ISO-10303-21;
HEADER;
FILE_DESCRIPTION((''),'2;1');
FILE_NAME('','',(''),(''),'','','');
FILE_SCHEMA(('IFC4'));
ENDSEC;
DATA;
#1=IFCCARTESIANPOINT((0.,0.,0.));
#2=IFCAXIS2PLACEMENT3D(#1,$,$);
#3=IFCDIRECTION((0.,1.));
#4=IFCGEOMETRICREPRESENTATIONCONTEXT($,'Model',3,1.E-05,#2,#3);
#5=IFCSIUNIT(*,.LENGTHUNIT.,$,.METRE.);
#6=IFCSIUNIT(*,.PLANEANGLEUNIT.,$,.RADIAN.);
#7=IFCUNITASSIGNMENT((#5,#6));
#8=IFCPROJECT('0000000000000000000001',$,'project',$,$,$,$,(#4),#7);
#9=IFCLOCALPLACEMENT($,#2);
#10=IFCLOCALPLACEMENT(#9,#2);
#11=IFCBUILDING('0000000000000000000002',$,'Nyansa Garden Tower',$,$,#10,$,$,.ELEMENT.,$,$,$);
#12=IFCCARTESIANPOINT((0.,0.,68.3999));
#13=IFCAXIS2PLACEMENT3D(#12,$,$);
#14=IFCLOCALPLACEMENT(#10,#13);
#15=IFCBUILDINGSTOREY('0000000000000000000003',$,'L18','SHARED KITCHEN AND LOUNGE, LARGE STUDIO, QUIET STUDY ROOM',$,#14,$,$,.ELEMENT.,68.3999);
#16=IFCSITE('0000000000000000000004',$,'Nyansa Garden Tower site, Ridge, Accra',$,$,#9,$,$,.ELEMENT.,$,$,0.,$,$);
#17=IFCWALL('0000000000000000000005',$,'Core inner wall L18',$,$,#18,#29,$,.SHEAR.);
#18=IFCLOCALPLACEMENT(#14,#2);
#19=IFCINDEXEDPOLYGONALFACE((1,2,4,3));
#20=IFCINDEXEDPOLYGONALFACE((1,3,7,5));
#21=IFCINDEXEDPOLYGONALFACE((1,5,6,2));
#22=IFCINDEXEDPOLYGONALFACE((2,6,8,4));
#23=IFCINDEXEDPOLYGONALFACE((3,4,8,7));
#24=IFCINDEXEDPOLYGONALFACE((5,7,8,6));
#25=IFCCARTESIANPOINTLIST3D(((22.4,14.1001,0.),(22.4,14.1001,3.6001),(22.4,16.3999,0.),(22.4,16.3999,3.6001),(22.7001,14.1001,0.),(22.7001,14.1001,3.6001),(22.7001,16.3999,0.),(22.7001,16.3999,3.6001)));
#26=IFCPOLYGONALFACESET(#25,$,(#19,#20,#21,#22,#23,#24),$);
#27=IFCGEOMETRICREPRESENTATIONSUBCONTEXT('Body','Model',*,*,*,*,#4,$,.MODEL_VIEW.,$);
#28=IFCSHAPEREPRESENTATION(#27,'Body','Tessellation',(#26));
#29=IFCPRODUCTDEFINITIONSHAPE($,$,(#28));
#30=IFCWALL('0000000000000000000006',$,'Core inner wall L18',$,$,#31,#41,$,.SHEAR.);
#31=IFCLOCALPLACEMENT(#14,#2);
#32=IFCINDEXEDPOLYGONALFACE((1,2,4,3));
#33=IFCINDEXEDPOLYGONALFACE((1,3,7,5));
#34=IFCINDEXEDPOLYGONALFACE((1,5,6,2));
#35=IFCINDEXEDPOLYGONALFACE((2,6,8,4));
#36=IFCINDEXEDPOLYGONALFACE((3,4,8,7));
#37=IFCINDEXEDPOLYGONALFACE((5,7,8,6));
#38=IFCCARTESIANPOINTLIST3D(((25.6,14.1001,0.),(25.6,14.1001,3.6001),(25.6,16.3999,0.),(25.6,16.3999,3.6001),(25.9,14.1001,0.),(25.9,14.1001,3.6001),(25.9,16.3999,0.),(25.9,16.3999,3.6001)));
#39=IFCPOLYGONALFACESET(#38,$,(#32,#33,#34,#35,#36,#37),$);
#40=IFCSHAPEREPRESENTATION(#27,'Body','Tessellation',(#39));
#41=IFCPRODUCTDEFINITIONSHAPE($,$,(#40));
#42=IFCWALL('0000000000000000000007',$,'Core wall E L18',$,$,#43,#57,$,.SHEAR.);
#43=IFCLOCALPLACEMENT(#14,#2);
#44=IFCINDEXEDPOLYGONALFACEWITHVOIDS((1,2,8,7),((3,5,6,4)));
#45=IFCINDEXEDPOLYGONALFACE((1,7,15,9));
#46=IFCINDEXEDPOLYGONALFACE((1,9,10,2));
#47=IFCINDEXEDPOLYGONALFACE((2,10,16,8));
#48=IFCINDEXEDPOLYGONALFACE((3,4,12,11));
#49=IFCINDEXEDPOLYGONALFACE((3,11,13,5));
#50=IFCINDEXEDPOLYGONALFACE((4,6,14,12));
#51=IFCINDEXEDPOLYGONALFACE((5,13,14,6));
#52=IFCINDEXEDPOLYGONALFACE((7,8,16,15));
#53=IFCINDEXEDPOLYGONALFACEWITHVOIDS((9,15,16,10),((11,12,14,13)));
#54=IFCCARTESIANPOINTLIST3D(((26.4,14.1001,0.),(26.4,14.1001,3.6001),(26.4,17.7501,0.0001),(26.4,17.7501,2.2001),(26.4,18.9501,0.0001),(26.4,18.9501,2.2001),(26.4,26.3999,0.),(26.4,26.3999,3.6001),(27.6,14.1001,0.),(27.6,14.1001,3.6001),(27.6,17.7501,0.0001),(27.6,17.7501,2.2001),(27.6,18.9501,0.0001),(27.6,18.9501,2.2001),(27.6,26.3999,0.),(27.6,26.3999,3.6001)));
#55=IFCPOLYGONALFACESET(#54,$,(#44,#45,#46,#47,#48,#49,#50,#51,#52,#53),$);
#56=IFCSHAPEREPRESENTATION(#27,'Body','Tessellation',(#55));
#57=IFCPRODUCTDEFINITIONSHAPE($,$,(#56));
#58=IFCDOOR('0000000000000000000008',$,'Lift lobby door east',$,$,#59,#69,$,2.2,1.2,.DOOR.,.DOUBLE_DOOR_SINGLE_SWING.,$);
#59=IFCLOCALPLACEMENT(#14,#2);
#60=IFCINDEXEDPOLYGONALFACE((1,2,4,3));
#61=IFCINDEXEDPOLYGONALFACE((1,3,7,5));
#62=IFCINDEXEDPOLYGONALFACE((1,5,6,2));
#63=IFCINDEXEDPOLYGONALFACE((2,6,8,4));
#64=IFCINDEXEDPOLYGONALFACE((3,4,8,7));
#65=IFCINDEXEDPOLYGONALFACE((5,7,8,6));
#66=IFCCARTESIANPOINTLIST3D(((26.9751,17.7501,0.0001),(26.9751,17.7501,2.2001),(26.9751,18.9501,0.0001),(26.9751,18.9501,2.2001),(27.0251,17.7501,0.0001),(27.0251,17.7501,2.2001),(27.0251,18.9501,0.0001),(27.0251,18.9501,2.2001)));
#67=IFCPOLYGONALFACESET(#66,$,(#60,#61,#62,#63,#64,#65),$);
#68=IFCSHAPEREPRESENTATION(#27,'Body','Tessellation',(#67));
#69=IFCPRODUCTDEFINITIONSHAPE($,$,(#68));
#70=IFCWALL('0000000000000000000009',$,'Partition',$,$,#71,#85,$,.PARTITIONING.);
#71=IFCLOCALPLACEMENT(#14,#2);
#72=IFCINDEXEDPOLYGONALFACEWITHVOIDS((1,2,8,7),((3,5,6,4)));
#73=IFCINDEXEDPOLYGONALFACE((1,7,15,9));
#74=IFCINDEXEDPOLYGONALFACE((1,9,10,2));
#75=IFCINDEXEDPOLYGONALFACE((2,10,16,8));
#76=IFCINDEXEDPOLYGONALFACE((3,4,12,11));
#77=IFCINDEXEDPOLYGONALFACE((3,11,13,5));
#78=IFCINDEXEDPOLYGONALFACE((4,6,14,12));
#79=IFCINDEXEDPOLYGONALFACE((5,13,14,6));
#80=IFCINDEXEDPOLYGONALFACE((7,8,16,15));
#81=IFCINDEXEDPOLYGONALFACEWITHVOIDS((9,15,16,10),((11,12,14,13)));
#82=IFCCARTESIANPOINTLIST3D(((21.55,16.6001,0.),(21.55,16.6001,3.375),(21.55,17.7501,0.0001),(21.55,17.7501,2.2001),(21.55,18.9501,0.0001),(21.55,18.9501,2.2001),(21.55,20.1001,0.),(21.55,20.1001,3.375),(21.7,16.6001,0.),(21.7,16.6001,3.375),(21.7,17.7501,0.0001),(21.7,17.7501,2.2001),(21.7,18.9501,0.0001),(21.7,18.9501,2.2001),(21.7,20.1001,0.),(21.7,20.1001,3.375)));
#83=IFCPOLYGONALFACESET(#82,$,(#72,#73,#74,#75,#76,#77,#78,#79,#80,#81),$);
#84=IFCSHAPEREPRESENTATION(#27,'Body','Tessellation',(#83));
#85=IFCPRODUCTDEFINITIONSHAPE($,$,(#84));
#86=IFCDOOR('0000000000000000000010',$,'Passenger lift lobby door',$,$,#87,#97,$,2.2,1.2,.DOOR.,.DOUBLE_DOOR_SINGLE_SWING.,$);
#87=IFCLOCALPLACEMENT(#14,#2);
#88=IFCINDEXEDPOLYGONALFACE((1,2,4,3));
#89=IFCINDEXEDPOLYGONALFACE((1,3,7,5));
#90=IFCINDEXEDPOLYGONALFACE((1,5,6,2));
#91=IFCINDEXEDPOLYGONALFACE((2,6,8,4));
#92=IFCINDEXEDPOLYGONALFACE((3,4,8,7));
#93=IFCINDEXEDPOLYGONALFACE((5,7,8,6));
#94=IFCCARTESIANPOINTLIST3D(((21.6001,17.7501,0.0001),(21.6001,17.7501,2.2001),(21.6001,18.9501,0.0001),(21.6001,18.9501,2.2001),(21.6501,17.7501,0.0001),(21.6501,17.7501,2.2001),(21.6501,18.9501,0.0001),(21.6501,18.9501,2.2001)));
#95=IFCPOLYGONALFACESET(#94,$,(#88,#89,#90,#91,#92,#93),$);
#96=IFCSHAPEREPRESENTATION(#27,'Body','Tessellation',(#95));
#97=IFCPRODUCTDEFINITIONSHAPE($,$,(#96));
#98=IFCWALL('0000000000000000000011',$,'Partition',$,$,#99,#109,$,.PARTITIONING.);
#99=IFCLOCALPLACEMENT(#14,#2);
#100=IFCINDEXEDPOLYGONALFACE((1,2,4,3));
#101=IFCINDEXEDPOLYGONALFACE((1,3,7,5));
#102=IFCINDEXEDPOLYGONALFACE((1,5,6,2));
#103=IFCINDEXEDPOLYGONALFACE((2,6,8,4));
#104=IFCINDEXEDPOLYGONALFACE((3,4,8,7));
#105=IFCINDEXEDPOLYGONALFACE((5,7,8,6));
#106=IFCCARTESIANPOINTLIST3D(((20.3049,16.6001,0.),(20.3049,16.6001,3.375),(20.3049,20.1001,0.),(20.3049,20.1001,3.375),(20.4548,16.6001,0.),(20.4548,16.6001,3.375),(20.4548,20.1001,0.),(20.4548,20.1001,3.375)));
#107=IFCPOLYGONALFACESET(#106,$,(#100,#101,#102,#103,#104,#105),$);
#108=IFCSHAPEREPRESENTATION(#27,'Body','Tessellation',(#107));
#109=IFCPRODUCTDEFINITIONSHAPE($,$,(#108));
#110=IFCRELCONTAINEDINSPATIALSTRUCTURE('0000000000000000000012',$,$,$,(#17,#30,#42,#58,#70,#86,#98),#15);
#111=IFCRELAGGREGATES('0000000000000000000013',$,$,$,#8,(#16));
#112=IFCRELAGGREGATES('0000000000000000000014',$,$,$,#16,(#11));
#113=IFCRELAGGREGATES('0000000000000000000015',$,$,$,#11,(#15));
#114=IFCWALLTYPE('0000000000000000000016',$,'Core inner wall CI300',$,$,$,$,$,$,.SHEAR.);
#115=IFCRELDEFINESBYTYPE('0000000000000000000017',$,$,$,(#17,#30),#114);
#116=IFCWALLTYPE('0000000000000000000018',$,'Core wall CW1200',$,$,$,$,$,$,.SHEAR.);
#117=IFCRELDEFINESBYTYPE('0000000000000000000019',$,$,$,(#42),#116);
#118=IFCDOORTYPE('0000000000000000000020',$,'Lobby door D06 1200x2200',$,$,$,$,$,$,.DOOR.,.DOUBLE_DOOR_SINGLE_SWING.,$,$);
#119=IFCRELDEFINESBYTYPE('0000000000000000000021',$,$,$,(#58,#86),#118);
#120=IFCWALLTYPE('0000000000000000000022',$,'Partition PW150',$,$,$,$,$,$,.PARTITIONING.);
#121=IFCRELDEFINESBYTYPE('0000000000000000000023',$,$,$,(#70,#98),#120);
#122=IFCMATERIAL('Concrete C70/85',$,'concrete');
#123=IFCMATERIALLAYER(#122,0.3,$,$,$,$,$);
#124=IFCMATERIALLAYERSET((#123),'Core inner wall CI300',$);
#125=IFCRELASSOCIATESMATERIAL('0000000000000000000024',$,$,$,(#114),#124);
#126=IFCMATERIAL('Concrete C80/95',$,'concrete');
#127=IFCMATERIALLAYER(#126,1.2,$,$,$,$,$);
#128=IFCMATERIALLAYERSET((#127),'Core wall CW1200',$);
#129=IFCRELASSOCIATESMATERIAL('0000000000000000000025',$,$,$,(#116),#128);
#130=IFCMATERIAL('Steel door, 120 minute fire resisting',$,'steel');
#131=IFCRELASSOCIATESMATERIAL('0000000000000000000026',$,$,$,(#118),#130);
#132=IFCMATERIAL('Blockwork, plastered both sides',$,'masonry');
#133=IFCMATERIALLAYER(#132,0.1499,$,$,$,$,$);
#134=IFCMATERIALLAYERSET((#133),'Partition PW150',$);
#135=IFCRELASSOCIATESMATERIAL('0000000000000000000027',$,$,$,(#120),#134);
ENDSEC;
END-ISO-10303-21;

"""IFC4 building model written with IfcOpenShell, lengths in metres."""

from ifc_helpers import new_model, si_unit, direction, frame, frame_2d, origin, place, context, subcontext, project, spatial, rectangle, extrude, material, layer, layer_set, type_object, element, fill, save


model = new_model("IFC4")

# Units and contexts
model_context = context("Model", 3, precision=1e-05, world=origin(), true_north=direction((0.0, 1.0)))
body_context = subcontext(model_context, "Body", "Model", "MODEL_VIEW")
ifc_project = project(units=[si_unit("LENGTHUNIT", "METRE"), si_unit("PLANEANGLEUNIT", "RADIAN")], contexts=[model_context])

# Site, building, storey
site_placement = place(None, origin())
site = spatial("IfcSite", under=ifc_project, at=site_placement, Name="Nyansa Garden Tower site, Ridge, Accra", CompositionType="ELEMENT", RefElevation=0.0)
building_placement = place(site_placement, origin())
building = spatial("IfcBuilding", under=site, at=building_placement, Name="Nyansa Garden Tower", CompositionType="ELEMENT")
storey_placement = place(building_placement, frame((0.0, 0.0, 68.3999)))
storey = spatial("IfcBuildingStorey", under=building, at=storey_placement, Name="L18", Description="SHARED KITCHEN AND LOUNGE, LARGE STUDIO, QUIET STUDY ROOM", CompositionType="ELEMENT", Elevation=68.3999)

# Walls
ifc_material_1 = material(Name="Concrete C70/85", Category="concrete")
ifc_layer_1 = layer(ifc_material_1, 0.3)
ifc_layer_set_1 = layer_set([ifc_layer_1], Name="Core inner wall CI300")
wall_type_1 = type_object("IfcWallType", Name="Core inner wall CI300", PredefinedType="SHEAR", material=ifc_layer_set_1)
for number, where, z_axis, x_axis, name in (
    (1, (22.55, 14.1001, 0.0), (0.0, 0.0, 1.0), (0.0, 1.0, 0.0), "Core inner wall L18"),
    (2, (25.75, 14.1001, 0.0), (0.0, 0.0, 1.0), (0.0, 1.0, 0.0), "Core inner wall L18"),
):
    element("IfcWall", number, at=place(storey_placement, frame(where, z_axis=z_axis, x_axis=x_axis)), inside=storey, type_object=wall_type_1, Name=name, PredefinedType="SHEAR", context=body_context, shape_type="SweptSolid", body=[
        extrude(rectangle(XDim=2.2998, YDim=0.3, at=frame_2d((1.1499, 0.0))), origin(), (0.0, 0.0, 1.0), 3.6001),
    ])

# Walls, openings, doors
ifc_material_2 = material(Name="Concrete C80/95", Category="concrete")
ifc_layer_2 = layer(ifc_material_2, 1.2)
ifc_layer_set_2 = layer_set([ifc_layer_2], Name="Core wall CW1200")
wall_type_2 = type_object("IfcWallType", Name="Core wall CW1200", PredefinedType="SHEAR", material=ifc_layer_set_2)
wall_1_placement = place(storey_placement, frame((27.0, 14.1001, 0.0), z_axis=(0.0, 0.0, 1.0), x_axis=(0.0, 1.0, 0.0)))
wall_1 = element("IfcWall", 3, at=wall_1_placement, inside=storey, type_object=wall_type_2, Name="Core wall E L18", PredefinedType="SHEAR", context=body_context, shape_type="SweptSolid", body=[
    extrude(rectangle(XDim=12.2998, YDim=1.2, at=frame_2d((6.1499, 0.0))), origin(), (0.0, 0.0, 1.0), 3.6001),
])
opening_1_placement = place(wall_1_placement, frame((3.6499, 0.0, 0.0)))
opening_1 = element("IfcOpeningElement", 4, at=opening_1_placement, cuts=wall_1, PredefinedType="OPENING", context=body_context, shape_type="SweptSolid", body=[
    extrude(rectangle(XDim=1.2, YDim=2.2, at=frame_2d((0.6001, 1.1001))), frame((0.0, 0.6099, 0.0), z_axis=(0.0, -1.0, 0.0), x_axis=(1.0, 0.0, 0.0)), (0.0, 0.0, 1.0), 1.22),
])
ifc_material_3 = material(Name="Steel door, 120 minute fire resisting", Category="steel")
door_type = type_object("IfcDoorType", Name="Lobby door D06 1200x2200", OperationType="DOUBLE_DOOR_SINGLE_SWING", PredefinedType="DOOR", material=ifc_material_3)
door_1_placement = place(opening_1_placement, origin())
door_1 = element("IfcDoor", 5, at=door_1_placement, inside=storey, type_object=door_type, Name="Lift lobby door east", OperationType="DOUBLE_DOOR_SINGLE_SWING", OverallHeight=2.2, OverallWidth=1.2, PredefinedType="DOOR", context=body_context, shape_type="SweptSolid", body=[
    extrude(rectangle(XDim=1.2, YDim=2.2, at=frame_2d((0.6001, 1.1001))), frame((0.0, 0.0249, 0.0), z_axis=(0.0, -1.0, 0.0), x_axis=(1.0, 0.0, 0.0)), (0.0, 0.0, 1.0), 0.05),
])
fill(opening_1, door_1)
ifc_material_4 = material(Name="Blockwork, plastered both sides", Category="masonry")
ifc_layer_3 = layer(ifc_material_4, 0.1499)
ifc_layer_set_3 = layer_set([ifc_layer_3], Name="Partition PW150")
wall_type_3 = type_object("IfcWallType", Name="Partition PW150", PredefinedType="PARTITIONING", material=ifc_layer_set_3)
wall_2_placement = place(storey_placement, frame((21.625, 16.6001, 0.0), z_axis=(0.0, 0.0, 1.0), x_axis=(0.0, 1.0, 0.0)))
wall_2 = element("IfcWall", 6, at=wall_2_placement, inside=storey, type_object=wall_type_3, Name="Partition", PredefinedType="PARTITIONING", context=body_context, shape_type="SweptSolid", body=[
    extrude(rectangle(XDim=3.5, YDim=0.1499, at=frame_2d((1.75, 0.0))), origin(), (0.0, 0.0, 1.0), 3.375),
])
opening_2_placement = place(wall_2_placement, frame((1.1499, 0.0, 0.0)))
opening_2 = element("IfcOpeningElement", 7, at=opening_2_placement, cuts=wall_2, PredefinedType="OPENING", context=body_context, shape_type="SweptSolid", body=[
    extrude(rectangle(XDim=1.2, YDim=2.2, at=frame_2d((0.6001, 1.1001))), frame((0.0, 0.085, 0.0), z_axis=(0.0, -1.0, 0.0), x_axis=(1.0, 0.0, 0.0)), (0.0, 0.0, 1.0), 0.1699),
])
door_2_placement = place(opening_2_placement, origin())
door_2 = element("IfcDoor", 8, at=door_2_placement, inside=storey, type_object=door_type, Name="Passenger lift lobby door", OperationType="DOUBLE_DOOR_SINGLE_SWING", OverallHeight=2.2, OverallWidth=1.2, PredefinedType="DOOR", context=body_context, shape_type="SweptSolid", body=[
    extrude(rectangle(XDim=1.2, YDim=2.2, at=frame_2d((0.6001, 1.1001))), frame((0.0, 0.0249, 0.0), z_axis=(0.0, -1.0, 0.0), x_axis=(1.0, 0.0, 0.0)), (0.0, 0.0, 1.0), 0.05),
])
fill(opening_2, door_2)

# Wall
wall_3_placement = place(storey_placement, frame((20.3799, 16.6001, 0.0), z_axis=(0.0, 0.0, 1.0), x_axis=(0.0, 1.0, 0.0)))
element("IfcWall", 9, at=wall_3_placement, inside=storey, type_object=wall_type_3, Name="Partition", PredefinedType="PARTITIONING", context=body_context, shape_type="SweptSolid", body=[
    extrude(rectangle(XDim=3.5, YDim=0.1499, at=frame_2d((1.75, 0.0))), origin(), (0.0, 0.0, 1.0), 3.375),
])

save(model, "model.ifc")
